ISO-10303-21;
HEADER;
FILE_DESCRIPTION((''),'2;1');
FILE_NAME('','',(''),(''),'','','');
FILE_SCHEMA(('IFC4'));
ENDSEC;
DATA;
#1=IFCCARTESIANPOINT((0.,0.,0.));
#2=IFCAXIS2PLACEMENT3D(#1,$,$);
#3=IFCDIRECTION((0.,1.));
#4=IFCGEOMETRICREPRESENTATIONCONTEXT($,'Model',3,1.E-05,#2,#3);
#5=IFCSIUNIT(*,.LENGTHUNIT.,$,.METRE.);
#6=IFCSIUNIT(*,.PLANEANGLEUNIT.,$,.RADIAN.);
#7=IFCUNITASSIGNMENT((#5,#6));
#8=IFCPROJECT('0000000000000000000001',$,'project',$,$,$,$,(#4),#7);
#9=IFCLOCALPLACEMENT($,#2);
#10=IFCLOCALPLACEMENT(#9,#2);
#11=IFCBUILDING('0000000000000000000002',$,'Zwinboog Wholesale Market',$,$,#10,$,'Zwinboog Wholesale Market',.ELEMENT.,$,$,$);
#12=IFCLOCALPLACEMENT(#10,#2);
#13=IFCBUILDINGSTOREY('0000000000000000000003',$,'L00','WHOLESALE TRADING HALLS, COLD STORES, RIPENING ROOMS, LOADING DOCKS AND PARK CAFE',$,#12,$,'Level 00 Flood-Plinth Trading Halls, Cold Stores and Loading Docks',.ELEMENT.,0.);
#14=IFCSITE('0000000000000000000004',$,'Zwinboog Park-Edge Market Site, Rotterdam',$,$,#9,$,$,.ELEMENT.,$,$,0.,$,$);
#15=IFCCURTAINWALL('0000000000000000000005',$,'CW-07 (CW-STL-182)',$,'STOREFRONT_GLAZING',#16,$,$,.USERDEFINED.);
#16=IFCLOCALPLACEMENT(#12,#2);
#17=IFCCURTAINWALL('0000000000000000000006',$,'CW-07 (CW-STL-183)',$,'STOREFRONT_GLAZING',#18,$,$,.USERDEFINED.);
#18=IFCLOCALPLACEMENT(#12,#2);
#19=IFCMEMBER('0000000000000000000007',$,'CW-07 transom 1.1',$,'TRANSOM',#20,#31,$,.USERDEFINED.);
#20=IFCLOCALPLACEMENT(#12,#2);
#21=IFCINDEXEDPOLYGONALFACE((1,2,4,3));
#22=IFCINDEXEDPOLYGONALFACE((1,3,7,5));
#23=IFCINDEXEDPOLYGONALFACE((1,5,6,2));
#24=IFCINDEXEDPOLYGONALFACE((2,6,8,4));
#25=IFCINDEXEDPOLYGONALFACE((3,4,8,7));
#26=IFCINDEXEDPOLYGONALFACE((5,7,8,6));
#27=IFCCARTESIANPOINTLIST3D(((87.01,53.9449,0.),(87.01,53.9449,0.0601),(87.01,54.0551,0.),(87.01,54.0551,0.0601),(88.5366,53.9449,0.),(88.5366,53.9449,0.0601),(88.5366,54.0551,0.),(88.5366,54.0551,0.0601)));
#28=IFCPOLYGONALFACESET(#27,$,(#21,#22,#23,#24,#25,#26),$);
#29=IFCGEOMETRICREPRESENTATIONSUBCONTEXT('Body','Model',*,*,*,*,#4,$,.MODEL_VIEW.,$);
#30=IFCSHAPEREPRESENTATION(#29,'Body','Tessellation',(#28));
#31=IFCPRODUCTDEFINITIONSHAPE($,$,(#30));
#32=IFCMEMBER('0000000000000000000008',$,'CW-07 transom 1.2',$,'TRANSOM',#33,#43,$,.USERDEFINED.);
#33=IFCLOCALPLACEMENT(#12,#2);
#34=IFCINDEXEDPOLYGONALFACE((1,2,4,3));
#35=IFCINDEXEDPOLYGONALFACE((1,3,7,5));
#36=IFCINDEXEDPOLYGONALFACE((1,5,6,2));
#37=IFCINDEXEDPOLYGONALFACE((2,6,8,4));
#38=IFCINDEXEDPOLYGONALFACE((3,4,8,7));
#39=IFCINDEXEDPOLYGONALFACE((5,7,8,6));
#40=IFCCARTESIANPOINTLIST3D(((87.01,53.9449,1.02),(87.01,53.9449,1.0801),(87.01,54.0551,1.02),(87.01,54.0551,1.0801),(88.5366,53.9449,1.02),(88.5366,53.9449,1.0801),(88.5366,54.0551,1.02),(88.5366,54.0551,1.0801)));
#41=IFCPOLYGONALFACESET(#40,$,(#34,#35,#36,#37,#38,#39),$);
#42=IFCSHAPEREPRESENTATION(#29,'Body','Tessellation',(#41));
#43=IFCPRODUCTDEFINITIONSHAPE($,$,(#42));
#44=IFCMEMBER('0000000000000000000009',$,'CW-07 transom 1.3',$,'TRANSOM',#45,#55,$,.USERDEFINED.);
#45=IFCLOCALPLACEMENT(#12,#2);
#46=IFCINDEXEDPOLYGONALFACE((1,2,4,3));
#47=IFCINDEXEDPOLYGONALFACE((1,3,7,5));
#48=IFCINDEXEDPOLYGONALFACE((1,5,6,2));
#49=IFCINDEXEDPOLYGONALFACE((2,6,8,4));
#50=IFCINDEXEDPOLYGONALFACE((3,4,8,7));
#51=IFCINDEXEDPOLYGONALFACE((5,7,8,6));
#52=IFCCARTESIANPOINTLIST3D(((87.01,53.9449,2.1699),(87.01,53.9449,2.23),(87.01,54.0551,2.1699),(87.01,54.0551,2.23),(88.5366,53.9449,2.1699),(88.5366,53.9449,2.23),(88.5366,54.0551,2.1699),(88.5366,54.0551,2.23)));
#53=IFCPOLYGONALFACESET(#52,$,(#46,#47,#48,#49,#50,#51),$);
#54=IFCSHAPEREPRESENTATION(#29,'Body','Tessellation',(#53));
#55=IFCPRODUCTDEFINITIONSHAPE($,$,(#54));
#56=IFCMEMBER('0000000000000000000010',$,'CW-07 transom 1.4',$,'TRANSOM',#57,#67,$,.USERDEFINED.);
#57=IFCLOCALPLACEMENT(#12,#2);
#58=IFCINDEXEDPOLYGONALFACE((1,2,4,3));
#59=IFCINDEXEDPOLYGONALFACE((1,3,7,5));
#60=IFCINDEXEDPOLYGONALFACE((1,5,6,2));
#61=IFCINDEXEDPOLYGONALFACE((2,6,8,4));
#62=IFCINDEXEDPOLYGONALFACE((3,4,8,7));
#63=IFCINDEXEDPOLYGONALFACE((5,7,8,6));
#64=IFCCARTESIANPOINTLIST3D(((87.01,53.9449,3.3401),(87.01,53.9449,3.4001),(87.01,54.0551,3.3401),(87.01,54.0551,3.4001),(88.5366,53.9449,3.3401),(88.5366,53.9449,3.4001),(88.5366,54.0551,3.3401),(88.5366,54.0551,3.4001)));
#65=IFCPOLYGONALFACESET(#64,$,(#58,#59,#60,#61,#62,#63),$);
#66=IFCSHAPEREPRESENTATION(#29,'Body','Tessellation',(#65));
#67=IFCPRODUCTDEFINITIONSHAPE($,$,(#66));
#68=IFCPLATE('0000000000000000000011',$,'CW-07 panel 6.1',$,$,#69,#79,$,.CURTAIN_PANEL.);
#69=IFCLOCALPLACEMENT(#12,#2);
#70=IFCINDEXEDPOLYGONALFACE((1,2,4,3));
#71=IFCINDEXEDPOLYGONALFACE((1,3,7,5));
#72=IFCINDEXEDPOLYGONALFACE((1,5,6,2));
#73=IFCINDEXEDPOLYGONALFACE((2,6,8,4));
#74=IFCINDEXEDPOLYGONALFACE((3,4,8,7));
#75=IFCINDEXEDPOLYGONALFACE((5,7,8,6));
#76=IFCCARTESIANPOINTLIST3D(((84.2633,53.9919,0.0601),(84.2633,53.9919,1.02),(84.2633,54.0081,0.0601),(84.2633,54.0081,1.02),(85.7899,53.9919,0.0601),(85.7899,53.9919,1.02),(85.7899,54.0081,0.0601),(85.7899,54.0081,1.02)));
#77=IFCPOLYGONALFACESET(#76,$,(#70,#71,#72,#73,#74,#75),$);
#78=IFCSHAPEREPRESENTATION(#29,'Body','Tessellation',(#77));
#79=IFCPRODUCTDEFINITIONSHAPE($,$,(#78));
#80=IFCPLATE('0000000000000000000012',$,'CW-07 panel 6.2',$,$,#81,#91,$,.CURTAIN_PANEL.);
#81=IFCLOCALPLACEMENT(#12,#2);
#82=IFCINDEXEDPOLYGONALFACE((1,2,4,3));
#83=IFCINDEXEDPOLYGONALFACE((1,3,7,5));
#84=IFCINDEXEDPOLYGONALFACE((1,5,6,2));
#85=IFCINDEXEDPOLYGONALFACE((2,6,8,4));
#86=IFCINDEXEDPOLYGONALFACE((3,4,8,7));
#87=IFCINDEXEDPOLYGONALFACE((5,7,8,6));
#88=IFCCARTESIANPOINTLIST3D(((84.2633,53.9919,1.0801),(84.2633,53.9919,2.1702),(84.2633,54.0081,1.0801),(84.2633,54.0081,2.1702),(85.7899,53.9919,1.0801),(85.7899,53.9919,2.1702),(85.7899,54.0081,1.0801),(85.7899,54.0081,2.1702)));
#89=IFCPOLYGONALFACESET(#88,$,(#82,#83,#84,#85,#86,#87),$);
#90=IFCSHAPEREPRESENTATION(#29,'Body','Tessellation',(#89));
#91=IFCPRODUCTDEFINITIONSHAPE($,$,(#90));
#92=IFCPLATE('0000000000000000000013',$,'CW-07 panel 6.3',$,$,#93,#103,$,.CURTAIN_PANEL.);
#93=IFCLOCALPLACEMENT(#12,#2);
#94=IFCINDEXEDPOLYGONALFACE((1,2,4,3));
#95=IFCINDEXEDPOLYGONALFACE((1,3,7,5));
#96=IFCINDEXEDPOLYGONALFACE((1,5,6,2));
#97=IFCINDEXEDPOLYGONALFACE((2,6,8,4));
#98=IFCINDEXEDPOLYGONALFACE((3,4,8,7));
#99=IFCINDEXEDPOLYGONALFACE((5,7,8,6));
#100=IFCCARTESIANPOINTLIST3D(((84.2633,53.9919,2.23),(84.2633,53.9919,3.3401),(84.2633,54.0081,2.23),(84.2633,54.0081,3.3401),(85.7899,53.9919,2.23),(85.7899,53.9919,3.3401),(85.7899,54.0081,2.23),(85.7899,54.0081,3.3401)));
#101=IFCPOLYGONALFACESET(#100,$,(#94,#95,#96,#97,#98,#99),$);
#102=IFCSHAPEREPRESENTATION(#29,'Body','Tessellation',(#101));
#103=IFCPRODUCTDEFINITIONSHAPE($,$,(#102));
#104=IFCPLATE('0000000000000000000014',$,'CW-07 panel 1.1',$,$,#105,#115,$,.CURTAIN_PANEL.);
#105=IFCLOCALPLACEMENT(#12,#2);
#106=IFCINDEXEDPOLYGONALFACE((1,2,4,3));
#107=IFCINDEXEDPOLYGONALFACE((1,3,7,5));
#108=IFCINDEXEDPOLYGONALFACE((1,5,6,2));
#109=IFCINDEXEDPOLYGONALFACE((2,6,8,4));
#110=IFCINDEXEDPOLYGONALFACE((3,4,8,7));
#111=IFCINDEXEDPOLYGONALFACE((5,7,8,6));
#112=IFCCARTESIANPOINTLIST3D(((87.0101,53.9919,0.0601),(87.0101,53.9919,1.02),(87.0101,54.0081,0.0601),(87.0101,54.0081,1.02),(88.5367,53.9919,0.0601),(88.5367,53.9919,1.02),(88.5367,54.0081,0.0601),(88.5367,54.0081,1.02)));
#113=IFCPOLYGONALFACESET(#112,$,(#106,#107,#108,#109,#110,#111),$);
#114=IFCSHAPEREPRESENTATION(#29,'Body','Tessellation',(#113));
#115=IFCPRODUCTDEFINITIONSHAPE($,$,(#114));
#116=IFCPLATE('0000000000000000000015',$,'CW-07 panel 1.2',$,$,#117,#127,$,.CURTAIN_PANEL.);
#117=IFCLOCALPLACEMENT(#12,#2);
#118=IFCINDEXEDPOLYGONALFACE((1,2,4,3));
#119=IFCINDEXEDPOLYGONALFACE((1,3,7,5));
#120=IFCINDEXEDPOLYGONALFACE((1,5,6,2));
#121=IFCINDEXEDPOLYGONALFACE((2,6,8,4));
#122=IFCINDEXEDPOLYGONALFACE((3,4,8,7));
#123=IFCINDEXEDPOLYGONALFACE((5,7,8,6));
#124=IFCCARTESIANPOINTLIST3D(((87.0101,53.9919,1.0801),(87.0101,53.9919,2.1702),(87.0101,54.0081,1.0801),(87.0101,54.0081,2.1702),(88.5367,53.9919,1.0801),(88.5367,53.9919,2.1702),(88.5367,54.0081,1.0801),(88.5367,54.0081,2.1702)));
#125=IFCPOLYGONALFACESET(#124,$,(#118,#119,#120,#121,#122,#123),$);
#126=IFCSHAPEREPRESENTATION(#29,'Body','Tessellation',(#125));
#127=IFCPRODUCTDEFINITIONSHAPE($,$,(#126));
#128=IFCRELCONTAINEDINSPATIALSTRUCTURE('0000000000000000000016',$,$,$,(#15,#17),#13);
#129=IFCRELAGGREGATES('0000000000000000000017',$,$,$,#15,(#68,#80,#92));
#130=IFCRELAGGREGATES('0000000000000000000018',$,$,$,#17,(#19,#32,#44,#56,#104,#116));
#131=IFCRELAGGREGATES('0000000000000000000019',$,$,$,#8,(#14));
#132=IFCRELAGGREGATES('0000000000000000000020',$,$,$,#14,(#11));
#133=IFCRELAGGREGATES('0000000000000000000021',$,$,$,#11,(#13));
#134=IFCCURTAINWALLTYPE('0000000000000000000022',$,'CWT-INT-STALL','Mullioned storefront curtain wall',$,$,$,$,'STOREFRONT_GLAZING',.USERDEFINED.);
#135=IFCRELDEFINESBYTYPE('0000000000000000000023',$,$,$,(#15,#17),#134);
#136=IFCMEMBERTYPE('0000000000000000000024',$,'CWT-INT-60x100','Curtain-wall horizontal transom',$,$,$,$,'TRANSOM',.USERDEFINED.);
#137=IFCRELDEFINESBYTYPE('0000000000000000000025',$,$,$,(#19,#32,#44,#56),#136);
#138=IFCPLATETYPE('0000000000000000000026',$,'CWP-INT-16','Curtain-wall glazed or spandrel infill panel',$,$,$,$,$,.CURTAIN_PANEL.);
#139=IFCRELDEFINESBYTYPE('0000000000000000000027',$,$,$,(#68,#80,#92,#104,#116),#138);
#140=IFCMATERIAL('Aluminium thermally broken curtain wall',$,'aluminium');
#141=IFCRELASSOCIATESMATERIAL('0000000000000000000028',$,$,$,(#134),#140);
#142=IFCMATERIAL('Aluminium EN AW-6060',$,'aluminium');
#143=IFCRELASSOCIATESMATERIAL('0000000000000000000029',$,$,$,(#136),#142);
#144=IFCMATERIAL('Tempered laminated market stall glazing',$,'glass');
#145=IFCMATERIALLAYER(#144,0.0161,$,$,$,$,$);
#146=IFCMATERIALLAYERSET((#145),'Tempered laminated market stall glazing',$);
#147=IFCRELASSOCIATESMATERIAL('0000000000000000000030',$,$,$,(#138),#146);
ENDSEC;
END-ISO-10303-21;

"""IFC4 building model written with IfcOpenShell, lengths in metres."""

from ifc_helpers import new_model, si_unit, direction, frame, origin, origin_2d, place, context, subcontext, project, spatial, rectangle, extrude, material, layer, layer_set, material_profile, profile_set, type_object, element, aggregate, save


model = new_model("IFC4")

# Units and contexts
model_context = context("Model", 3, precision=1e-05, world=origin(), true_north=direction((0.0, 1.0)))
body_context = subcontext(model_context, "Body", "Model", "MODEL_VIEW")
ifc_project = project(units=[si_unit("LENGTHUNIT", "METRE"), si_unit("PLANEANGLEUNIT", "RADIAN")], contexts=[model_context])

# Site, building, storey
site_placement = place(None, origin())
site = spatial("IfcSite", under=ifc_project, at=site_placement, Name="Zwinboog Park-Edge Market Site, Rotterdam", CompositionType="ELEMENT", RefElevation=0.0)
building_placement = place(site_placement, origin())
building = spatial("IfcBuilding", under=site, at=building_placement, Name="Zwinboog Wholesale Market", LongName="Zwinboog Wholesale Market", CompositionType="ELEMENT")
storey_placement = place(building_placement, origin())
storey = spatial("IfcBuildingStorey", under=building, at=storey_placement, Name="L00", Description="WHOLESALE TRADING HALLS, COLD STORES, RIPENING ROOMS, LOADING DOCKS AND PARK CAFE", LongName="Level 00 Flood-Plinth Trading Halls, Cold Stores and Loading Docks", CompositionType="ELEMENT", Elevation=0.0)

# Curtain wall
ifc_material_1 = material(Name="Aluminium thermally broken curtain wall", Category="aluminium")
curtain_wall_type = type_object("IfcCurtainWallType", Name="CWT-INT-STALL", Description="Mullioned storefront curtain wall", ElementType="STOREFRONT_GLAZING", PredefinedType="USERDEFINED", material=ifc_material_1)
curtain_wall_1_placement = place(storey_placement, origin())
curtain_wall_1 = element("IfcCurtainWall", 1, at=curtain_wall_1_placement, inside=storey, type_object=curtain_wall_type, Name="CW-07 (CW-STL-182)", ObjectType="STOREFRONT_GLAZING", PredefinedType="USERDEFINED")
ifc_material_2 = material(Name="Aluminium EN AW-6060", Category="aluminium")

# Curtain wall
curtain_wall_2_placement = place(storey_placement, origin())
curtain_wall_2 = element("IfcCurtainWall", 2, at=curtain_wall_2_placement, inside=storey, type_object=curtain_wall_type, Name="CW-07 (CW-STL-183)", ObjectType="STOREFRONT_GLAZING", PredefinedType="USERDEFINED")

# Members
ifc_material_profile_1 = material_profile(ifc_material_2, rectangle(XDim=0.1101, YDim=0.0601, at=origin_2d()), Name="AL 60x110")
ifc_profile_set_1 = profile_set([ifc_material_profile_1], Name="Aluminium EN AW-6060")
member_type_1 = type_object("IfcMemberType", Name="CWT-INT-60x100", Description="Curtain-wall horizontal transom", ElementType="TRANSOM", PredefinedType="USERDEFINED", material=ifc_profile_set_1)
member_1_placement = place(storey_placement, frame((87.01, 54.0, 0.03), z_axis=(1.0, 0.0, 0.0), x_axis=(0.0, 1.0, 0.0)))
member_1 = element("IfcMember", 3, at=member_1_placement, type_object=member_type_1, Name="CW-07 transom 1.1", ObjectType="TRANSOM", PredefinedType="USERDEFINED", context=body_context, shape_type="SweptSolid", body=[
    extrude(rectangle(XDim=0.1101, YDim=0.0601, at=origin_2d()), origin(), (0.0, 0.0, 1.0), 1.5266),
])
member_2_placement = place(storey_placement, frame((87.01, 54.0, 1.05), z_axis=(1.0, 0.0, 0.0), x_axis=(0.0, 1.0, 0.0)))
member_2 = element("IfcMember", 4, at=member_2_placement, type_object=member_type_1, Name="CW-07 transom 1.2", ObjectType="TRANSOM", PredefinedType="USERDEFINED", context=body_context, shape_type="SweptSolid", body=[
    extrude(rectangle(XDim=0.1101, YDim=0.0601, at=origin_2d()), origin(), (0.0, 0.0, 1.0), 1.5266),
])
member_3_placement = place(storey_placement, frame((87.01, 54.0, 2.2), z_axis=(1.0, 0.0, 0.0), x_axis=(0.0, 1.0, 0.0)))
member_3 = element("IfcMember", 5, at=member_3_placement, type_object=member_type_1, Name="CW-07 transom 1.3", ObjectType="TRANSOM", PredefinedType="USERDEFINED", context=body_context, shape_type="SweptSolid", body=[
    extrude(rectangle(XDim=0.1101, YDim=0.0601, at=origin_2d()), origin(), (0.0, 0.0, 1.0), 1.5266),
])
member_4_placement = place(storey_placement, frame((87.01, 54.0, 3.3701), z_axis=(1.0, 0.0, 0.0), x_axis=(0.0, 1.0, 0.0)))
member_4 = element("IfcMember", 6, at=member_4_placement, type_object=member_type_1, Name="CW-07 transom 1.4", ObjectType="TRANSOM", PredefinedType="USERDEFINED", context=body_context, shape_type="SweptSolid", body=[
    extrude(rectangle(XDim=0.1101, YDim=0.0601, at=origin_2d()), origin(), (0.0, 0.0, 1.0), 1.5266),
])

# Plates
ifc_material_3 = material(Name="Tempered laminated market stall glazing", Category="glass")
ifc_layer = layer(ifc_material_3, 0.0161)
ifc_layer_set = layer_set([ifc_layer], Name="Tempered laminated market stall glazing")
plate_type = type_object("IfcPlateType", Name="CWP-INT-16", Description="Curtain-wall glazed or spandrel infill panel", PredefinedType="CURTAIN_PANEL", material=ifc_layer_set)
plate_1_placement = place(storey_placement, frame((85.0266, 54.0, 0.0601), z_axis=(0.0, 0.0, 1.0), x_axis=(1.0, 0.0, 0.0)))
plate_1 = element("IfcPlate", 7, at=plate_1_placement, type_object=plate_type, Name="CW-07 panel 6.1", PredefinedType="CURTAIN_PANEL", context=body_context, shape_type="SweptSolid", body=[
    extrude(rectangle(XDim=1.5266, YDim=0.0161, at=origin_2d()), origin(), (0.0, 0.0, 1.0), 0.96),
])
plate_2_placement = place(storey_placement, frame((85.0266, 54.0, 1.0801), z_axis=(0.0, 0.0, 1.0), x_axis=(1.0, 0.0, 0.0)))
plate_2 = element("IfcPlate", 8, at=plate_2_placement, type_object=plate_type, Name="CW-07 panel 6.2", PredefinedType="CURTAIN_PANEL", context=body_context, shape_type="SweptSolid", body=[
    extrude(rectangle(XDim=1.5266, YDim=0.0161, at=origin_2d()), origin(), (0.0, 0.0, 1.0), 1.0901),
])
plate_3_placement = place(storey_placement, frame((85.0266, 54.0, 2.23), z_axis=(0.0, 0.0, 1.0), x_axis=(1.0, 0.0, 0.0)))
plate_3 = element("IfcPlate", 9, at=plate_3_placement, type_object=plate_type, Name="CW-07 panel 6.3", PredefinedType="CURTAIN_PANEL", context=body_context, shape_type="SweptSolid", body=[
    extrude(rectangle(XDim=1.5266, YDim=0.0161, at=origin_2d()), origin(), (0.0, 0.0, 1.0), 1.1101),
])
aggregate(curtain_wall_1, [plate_1, plate_2, plate_3])
plate_4_placement = place(storey_placement, frame((87.7734, 54.0, 0.0601), z_axis=(0.0, 0.0, 1.0), x_axis=(1.0, 0.0, 0.0)))
plate_4 = element("IfcPlate", 10, at=plate_4_placement, type_object=plate_type, Name="CW-07 panel 1.1", PredefinedType="CURTAIN_PANEL", context=body_context, shape_type="SweptSolid", body=[
    extrude(rectangle(XDim=1.5266, YDim=0.0161, at=origin_2d()), origin(), (0.0, 0.0, 1.0), 0.96),
])
plate_5_placement = place(storey_placement, frame((87.7734, 54.0, 1.0801), z_axis=(0.0, 0.0, 1.0), x_axis=(1.0, 0.0, 0.0)))
plate_5 = element("IfcPlate", 11, at=plate_5_placement, type_object=plate_type, Name="CW-07 panel 1.2", PredefinedType="CURTAIN_PANEL", context=body_context, shape_type="SweptSolid", body=[
    extrude(rectangle(XDim=1.5266, YDim=0.0161, at=origin_2d()), origin(), (0.0, 0.0, 1.0), 1.0901),
])
aggregate(curtain_wall_2, [member_1, member_2, member_3, member_4, plate_4, plate_5])

save(model, "model.ifc")
